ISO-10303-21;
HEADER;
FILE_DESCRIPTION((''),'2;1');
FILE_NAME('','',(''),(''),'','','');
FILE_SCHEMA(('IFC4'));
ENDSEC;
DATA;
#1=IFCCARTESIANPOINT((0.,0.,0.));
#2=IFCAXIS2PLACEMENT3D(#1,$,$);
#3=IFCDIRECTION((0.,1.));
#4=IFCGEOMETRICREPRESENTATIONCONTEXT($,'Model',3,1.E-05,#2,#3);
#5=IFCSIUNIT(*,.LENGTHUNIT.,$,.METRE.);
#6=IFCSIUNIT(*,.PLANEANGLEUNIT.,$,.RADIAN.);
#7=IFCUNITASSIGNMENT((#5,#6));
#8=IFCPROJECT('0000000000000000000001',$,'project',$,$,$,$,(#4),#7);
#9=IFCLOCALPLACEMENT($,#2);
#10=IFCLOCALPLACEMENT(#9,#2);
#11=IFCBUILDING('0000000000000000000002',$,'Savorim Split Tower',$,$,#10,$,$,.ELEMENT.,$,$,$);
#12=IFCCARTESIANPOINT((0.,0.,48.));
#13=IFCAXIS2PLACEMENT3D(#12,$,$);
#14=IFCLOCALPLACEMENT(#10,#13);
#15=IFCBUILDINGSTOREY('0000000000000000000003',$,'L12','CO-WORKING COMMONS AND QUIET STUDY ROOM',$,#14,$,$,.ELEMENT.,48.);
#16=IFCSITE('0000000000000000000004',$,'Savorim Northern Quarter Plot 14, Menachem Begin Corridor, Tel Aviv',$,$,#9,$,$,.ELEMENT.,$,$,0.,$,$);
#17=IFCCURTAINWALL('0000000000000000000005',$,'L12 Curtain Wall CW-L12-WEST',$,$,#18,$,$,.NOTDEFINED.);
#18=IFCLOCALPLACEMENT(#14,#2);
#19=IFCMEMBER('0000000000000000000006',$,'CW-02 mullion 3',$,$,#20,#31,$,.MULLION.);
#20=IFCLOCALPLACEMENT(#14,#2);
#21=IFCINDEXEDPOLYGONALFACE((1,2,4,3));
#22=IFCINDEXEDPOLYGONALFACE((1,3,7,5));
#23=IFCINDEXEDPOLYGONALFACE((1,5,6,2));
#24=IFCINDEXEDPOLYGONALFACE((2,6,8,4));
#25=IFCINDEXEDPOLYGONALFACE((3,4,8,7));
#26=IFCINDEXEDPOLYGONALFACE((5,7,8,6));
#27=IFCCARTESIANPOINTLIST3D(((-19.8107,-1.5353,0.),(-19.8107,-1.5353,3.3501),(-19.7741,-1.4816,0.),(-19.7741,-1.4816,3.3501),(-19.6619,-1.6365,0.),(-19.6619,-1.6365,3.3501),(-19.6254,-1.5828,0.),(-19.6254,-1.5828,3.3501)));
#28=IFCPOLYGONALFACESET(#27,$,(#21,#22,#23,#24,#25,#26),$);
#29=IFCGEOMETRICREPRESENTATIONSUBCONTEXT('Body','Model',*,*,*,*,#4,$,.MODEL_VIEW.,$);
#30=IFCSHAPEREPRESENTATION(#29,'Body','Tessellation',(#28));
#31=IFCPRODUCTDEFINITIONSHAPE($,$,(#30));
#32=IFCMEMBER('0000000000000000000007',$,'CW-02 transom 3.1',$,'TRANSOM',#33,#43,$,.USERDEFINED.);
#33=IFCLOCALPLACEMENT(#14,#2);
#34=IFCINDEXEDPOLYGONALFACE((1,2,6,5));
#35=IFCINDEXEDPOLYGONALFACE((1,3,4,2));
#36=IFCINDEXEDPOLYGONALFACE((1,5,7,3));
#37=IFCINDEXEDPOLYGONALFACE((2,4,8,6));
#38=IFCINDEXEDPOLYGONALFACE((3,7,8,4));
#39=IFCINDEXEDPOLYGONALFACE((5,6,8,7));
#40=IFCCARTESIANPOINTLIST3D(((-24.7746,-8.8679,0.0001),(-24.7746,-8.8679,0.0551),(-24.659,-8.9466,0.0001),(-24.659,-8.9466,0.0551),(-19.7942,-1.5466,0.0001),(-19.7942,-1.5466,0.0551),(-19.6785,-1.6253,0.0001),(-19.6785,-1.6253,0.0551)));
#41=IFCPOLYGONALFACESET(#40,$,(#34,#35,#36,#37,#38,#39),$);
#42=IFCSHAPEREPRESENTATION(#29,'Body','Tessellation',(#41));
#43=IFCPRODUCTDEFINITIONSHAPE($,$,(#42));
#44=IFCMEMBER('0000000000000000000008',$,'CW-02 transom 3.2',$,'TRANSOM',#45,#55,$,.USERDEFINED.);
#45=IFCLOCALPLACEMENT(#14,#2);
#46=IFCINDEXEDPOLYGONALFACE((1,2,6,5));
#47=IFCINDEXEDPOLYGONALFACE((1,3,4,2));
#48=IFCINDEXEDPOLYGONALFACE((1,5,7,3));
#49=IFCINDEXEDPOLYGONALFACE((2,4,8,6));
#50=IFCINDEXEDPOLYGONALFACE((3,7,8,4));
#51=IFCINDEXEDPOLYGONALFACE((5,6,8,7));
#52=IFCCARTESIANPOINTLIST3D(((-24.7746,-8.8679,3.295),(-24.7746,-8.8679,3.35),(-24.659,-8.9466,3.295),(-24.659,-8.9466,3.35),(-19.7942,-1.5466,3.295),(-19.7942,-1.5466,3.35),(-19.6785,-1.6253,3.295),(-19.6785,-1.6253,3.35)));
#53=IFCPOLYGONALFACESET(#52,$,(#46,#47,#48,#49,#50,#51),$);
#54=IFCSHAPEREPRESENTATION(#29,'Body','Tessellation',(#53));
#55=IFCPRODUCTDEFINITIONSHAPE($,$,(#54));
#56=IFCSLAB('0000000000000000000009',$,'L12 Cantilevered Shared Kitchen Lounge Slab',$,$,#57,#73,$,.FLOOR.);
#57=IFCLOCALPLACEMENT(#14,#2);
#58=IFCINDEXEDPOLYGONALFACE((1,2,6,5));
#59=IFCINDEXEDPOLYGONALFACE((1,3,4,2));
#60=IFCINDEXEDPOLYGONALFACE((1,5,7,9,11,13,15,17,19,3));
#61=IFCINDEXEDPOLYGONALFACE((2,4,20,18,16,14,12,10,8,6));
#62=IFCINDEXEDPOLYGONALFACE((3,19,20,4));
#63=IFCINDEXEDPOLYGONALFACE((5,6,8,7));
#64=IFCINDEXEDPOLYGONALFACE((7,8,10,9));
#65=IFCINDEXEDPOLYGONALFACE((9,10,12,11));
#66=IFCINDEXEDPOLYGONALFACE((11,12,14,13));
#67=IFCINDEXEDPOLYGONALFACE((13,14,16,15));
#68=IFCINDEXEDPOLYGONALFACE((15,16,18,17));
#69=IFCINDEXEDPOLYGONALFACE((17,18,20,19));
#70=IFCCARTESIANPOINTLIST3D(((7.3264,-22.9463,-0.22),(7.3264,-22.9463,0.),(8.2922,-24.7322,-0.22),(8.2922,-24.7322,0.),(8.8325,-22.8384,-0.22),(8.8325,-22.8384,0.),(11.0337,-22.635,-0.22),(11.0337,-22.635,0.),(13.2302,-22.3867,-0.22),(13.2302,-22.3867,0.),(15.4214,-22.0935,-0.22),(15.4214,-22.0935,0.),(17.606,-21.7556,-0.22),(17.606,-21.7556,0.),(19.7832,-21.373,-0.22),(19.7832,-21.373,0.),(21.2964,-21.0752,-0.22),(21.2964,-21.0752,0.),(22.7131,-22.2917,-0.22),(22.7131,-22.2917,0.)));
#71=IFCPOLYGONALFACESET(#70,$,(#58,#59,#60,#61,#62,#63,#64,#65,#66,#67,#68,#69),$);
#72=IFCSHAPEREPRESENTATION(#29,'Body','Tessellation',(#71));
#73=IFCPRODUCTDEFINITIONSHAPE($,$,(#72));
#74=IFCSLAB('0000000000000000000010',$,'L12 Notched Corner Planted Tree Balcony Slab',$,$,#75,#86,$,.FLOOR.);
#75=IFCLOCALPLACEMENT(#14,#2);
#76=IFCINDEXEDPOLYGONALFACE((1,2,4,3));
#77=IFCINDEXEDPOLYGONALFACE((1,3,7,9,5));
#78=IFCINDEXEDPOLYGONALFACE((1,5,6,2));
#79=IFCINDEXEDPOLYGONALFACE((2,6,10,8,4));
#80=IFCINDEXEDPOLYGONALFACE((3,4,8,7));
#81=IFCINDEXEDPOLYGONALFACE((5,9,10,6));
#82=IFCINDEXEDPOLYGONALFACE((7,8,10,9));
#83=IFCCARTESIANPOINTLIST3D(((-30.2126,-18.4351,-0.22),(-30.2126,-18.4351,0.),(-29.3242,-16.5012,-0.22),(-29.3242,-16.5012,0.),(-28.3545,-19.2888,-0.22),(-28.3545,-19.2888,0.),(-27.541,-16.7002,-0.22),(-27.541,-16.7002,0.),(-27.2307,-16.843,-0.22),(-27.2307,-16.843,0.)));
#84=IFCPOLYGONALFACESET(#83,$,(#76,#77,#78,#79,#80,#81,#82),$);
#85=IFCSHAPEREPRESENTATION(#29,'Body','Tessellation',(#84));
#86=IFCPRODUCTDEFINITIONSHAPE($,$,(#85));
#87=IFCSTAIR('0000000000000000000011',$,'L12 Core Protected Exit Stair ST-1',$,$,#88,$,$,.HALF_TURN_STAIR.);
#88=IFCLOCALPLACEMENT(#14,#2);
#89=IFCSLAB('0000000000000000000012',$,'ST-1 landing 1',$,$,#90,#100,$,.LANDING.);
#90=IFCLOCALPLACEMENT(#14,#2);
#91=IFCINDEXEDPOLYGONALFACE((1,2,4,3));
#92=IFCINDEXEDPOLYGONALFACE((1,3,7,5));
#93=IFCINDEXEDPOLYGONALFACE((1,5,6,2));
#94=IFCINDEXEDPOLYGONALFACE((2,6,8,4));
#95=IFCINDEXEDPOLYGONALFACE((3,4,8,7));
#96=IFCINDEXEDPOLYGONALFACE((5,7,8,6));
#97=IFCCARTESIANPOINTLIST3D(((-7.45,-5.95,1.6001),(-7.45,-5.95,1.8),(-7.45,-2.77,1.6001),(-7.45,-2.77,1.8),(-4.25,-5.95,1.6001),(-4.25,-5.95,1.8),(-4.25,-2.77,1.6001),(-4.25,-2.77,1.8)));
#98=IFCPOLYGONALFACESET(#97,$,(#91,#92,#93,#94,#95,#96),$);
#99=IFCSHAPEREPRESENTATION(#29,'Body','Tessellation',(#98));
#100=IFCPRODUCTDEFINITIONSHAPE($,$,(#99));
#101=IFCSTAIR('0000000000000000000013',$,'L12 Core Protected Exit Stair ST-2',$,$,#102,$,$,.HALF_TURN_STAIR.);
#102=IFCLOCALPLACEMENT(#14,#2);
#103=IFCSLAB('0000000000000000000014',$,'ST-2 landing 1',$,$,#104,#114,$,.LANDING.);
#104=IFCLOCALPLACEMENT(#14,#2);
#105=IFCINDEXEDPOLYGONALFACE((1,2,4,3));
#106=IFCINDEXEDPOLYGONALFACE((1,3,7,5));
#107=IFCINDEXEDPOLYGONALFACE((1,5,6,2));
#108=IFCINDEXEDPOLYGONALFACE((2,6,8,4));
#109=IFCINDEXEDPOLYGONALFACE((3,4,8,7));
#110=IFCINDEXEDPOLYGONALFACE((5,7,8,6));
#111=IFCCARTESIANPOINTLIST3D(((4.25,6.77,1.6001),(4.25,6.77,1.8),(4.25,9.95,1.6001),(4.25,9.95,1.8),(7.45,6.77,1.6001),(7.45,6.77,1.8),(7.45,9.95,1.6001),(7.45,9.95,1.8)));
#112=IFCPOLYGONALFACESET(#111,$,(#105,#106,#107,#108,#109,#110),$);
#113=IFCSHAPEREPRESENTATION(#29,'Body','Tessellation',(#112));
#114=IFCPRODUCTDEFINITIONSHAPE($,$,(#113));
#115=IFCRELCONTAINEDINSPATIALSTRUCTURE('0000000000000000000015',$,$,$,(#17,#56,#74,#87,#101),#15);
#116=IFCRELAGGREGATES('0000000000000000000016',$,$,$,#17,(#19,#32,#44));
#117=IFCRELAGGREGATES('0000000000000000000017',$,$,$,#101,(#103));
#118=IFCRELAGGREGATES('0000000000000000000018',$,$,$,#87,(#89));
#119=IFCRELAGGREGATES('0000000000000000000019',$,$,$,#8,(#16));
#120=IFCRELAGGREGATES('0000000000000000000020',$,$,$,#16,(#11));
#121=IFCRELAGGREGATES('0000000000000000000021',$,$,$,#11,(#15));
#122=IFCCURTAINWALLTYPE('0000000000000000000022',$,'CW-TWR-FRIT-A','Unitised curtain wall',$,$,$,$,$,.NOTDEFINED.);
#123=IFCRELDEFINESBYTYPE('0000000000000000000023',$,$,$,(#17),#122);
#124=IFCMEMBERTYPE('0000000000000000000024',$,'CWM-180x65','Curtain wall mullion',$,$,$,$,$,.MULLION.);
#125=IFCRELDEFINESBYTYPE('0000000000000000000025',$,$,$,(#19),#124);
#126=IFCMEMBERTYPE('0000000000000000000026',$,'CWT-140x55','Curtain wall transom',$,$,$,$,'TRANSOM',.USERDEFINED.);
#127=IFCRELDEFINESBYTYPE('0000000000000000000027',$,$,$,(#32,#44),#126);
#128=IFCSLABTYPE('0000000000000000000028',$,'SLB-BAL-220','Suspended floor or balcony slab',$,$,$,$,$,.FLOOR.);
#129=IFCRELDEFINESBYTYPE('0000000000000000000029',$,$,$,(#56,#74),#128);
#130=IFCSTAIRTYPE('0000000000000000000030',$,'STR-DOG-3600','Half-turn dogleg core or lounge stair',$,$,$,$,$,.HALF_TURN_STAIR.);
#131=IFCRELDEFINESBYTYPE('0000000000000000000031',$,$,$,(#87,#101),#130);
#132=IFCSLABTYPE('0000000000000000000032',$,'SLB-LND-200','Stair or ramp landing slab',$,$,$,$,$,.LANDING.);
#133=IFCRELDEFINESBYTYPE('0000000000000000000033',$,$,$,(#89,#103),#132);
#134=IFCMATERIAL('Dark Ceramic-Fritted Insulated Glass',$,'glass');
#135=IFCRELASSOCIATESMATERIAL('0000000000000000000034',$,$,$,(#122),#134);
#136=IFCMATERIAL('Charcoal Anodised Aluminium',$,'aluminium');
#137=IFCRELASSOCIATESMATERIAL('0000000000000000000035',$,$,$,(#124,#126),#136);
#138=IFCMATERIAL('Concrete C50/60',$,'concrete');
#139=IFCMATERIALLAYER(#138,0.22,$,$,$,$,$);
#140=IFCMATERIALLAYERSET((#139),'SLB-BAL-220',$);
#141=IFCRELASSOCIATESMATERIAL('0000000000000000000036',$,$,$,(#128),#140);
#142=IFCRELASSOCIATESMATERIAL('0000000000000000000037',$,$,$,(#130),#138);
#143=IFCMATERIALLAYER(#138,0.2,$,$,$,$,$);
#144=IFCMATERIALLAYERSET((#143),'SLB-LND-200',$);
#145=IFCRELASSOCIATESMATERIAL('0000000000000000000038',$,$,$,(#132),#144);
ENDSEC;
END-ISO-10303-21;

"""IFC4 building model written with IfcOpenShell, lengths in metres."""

from ifc_helpers import new_model, si_unit, direction, frame, origin, origin_2d, place, context, subcontext, project, spatial, polyline, rectangle, outline, extrude, material, layer, layer_set, material_profile, profile_set, type_object, element, aggregate, save


model = new_model("IFC4")

# Units and contexts
model_context = context("Model", 3, precision=1e-05, world=origin(), true_north=direction((0.0, 1.0)))
body_context = subcontext(model_context, "Body", "Model", "MODEL_VIEW")
ifc_project = project(units=[si_unit("LENGTHUNIT", "METRE"), si_unit("PLANEANGLEUNIT", "RADIAN")], contexts=[model_context])

# Site, building, storey
site_placement = place(None, origin())
site = spatial("IfcSite", under=ifc_project, at=site_placement, Name="Savorim Northern Quarter Plot 14, Menachem Begin Corridor, Tel Aviv", CompositionType="ELEMENT", RefElevation=0.0)
building_placement = place(site_placement, origin())
building = spatial("IfcBuilding", under=site, at=building_placement, Name="Savorim Split Tower", CompositionType="ELEMENT")
storey_placement = place(building_placement, frame((0.0, 0.0, 48.0)))
storey = spatial("IfcBuildingStorey", under=building, at=storey_placement, Name="L12", Description="CO-WORKING COMMONS AND QUIET STUDY ROOM", CompositionType="ELEMENT", Elevation=48.0)

# Curtain wall, members
ifc_material_1 = material(Name="Dark Ceramic-Fritted Insulated Glass", Category="glass")
curtain_wall_type = type_object("IfcCurtainWallType", Name="CW-TWR-FRIT-A", Description="Unitised curtain wall", PredefinedType="NOTDEFINED", material=ifc_material_1)
curtain_wall_placement = place(storey_placement, origin())
curtain_wall = element("IfcCurtainWall", 1, at=curtain_wall_placement, inside=storey, type_object=curtain_wall_type, Name="L12 Curtain Wall CW-L12-WEST", PredefinedType="NOTDEFINED")
ifc_material_2 = material(Name="Charcoal Anodised Aluminium", Category="aluminium")
ifc_material_profile_1 = material_profile(ifc_material_2, rectangle(XDim=0.1799, YDim=0.0649, at=origin_2d()), Name="ALU-M 180x65")
ifc_profile_set_1 = profile_set([ifc_material_profile_1], Name="Charcoal Anodised Aluminium")
member_type_1 = type_object("IfcMemberType", Name="CWM-180x65", Description="Curtain wall mullion", PredefinedType="MULLION", material=ifc_profile_set_1)
member_1_placement = place(storey_placement, frame((-19.718, -1.5591, 0.0), z_axis=(0.0, 0.0, 1.0), x_axis=(0.826821, -0.562465, 0.0)))
member_1 = element("IfcMember", 2, at=member_1_placement, type_object=member_type_1, Name="CW-02 mullion 3", PredefinedType="MULLION", context=body_context, shape_type="SweptSolid", body=[
    extrude(rectangle(XDim=0.1799, YDim=0.0649, at=origin_2d()), origin(), (0.0, 0.0, 1.0), 3.3501),
])
ifc_material_profile_2 = material_profile(ifc_material_2, rectangle(XDim=0.1399, YDim=0.0549, at=origin_2d()), Name="ALU-T 140x55")
ifc_profile_set_2 = profile_set([ifc_material_profile_2], Name="Charcoal Anodised Aluminium")
member_type_2 = type_object("IfcMemberType", Name="CWT-140x55", Description="Curtain wall transom", ElementType="TRANSOM", PredefinedType="USERDEFINED", material=ifc_profile_set_2)
member_2_placement = place(storey_placement, frame((-19.7363, -1.5859, 0.0276), z_axis=(-0.562464, -0.826822, 0.0), x_axis=(0.826822, -0.562464, 0.0)))
member_2 = element("IfcMember", 3, at=member_2_placement, type_object=member_type_2, Name="CW-02 transom 3.1", ObjectType="TRANSOM", PredefinedType="USERDEFINED", context=body_context, shape_type="SweptSolid", body=[
    extrude(rectangle(XDim=0.1399, YDim=0.0549, at=origin_2d()), origin(), (0.0, 0.0, 1.0), 8.8547),
])
member_3_placement = place(storey_placement, frame((-19.7363, -1.5859, 3.3225), z_axis=(-0.562464, -0.826822, 0.0), x_axis=(0.826822, -0.562464, 0.0)))
member_3 = element("IfcMember", 4, at=member_3_placement, type_object=member_type_2, Name="CW-02 transom 3.2", ObjectType="TRANSOM", PredefinedType="USERDEFINED", context=body_context, shape_type="SweptSolid", body=[
    extrude(rectangle(XDim=0.1399, YDim=0.0549, at=origin_2d()), origin(), (0.0, 0.0, 1.0), 8.8547),
])
aggregate(curtain_wall, [member_1, member_2, member_3])

# Slabs
ifc_material_3 = material(Name="Concrete C50/60", Category="concrete")
ifc_layer_1 = layer(ifc_material_3, 0.22)
ifc_layer_set_1 = layer_set([ifc_layer_1], Name="SLB-BAL-220")
slab_type_1 = type_object("IfcSlabType", Name="SLB-BAL-220", Description="Suspended floor or balcony slab", PredefinedType="FLOOR", material=ifc_layer_set_1)
slab_1_placement = place(storey_placement, frame((0.0, 0.0, -0.22)))
element("IfcSlab", 5, at=slab_1_placement, inside=storey, type_object=slab_type_1, Name="L12 Cantilevered Shared Kitchen Lounge Slab", PredefinedType="FLOOR", context=body_context, shape_type="SweptSolid", body=[
    extrude(outline(polyline([(21.2964, -21.0752), (19.7832, -21.373), (17.606, -21.7556), (15.4214, -22.0935), (13.2302, -22.3867), (11.0337, -22.635), (8.8325, -22.8384), (7.3264, -22.9463), (8.2922, -24.7322), (22.7131, -22.2917), (21.2964, -21.0752)])), origin(), (0.0, 0.0, 1.0), 0.22),
])
slab_2_placement = place(storey_placement, frame((0.0, 0.0, -0.22)))
element("IfcSlab", 6, at=slab_2_placement, inside=storey, type_object=slab_type_1, Name="L12 Notched Corner Planted Tree Balcony Slab", PredefinedType="FLOOR", context=body_context, shape_type="SweptSolid", body=[
    extrude(outline(polyline([(-28.3545, -19.2888), (-27.2307, -16.843), (-27.541, -16.7002), (-29.3242, -16.5012), (-30.2126, -18.4351), (-28.3545, -19.2888)])), origin(), (0.0, 0.0, 1.0), 0.22),
])

# Stairs, slabs
stair_type = type_object("IfcStairType", Name="STR-DOG-3600", Description="Half-turn dogleg core or lounge stair", PredefinedType="HALF_TURN_STAIR", material=ifc_material_3)
stair_1_placement = place(storey_placement, origin())
stair_1 = element("IfcStair", 7, at=stair_1_placement, inside=storey, type_object=stair_type, Name="L12 Core Protected Exit Stair ST-1", PredefinedType="HALF_TURN_STAIR")
ifc_layer_2 = layer(ifc_material_3, 0.2)
ifc_layer_set_2 = layer_set([ifc_layer_2], Name="SLB-LND-200")
slab_type_2 = type_object("IfcSlabType", Name="SLB-LND-200", Description="Stair or ramp landing slab", PredefinedType="LANDING", material=ifc_layer_set_2)
slab_3_placement = place(storey_placement, frame((0.0, 0.0, 1.6001)))
slab_3 = element("IfcSlab", 8, at=slab_3_placement, type_object=slab_type_2, Name="ST-1 landing 1", PredefinedType="LANDING", context=body_context, shape_type="SweptSolid", body=[
    extrude(outline(polyline([(-7.45, -2.77), (-7.45, -5.95), (-4.25, -5.95), (-4.25, -2.77), (-7.45, -2.77)])), origin(), (0.0, 0.0, 1.0), 0.2),
])
stair_2_placement = place(storey_placement, origin())
stair_2 = element("IfcStair", 9, at=stair_2_placement, inside=storey, type_object=stair_type, Name="L12 Core Protected Exit Stair ST-2", PredefinedType="HALF_TURN_STAIR")
slab_4_placement = place(storey_placement, frame((0.0, 0.0, 1.6001)))
slab_4 = element("IfcSlab", 10, at=slab_4_placement, type_object=slab_type_2, Name="ST-2 landing 1", PredefinedType="LANDING", context=body_context, shape_type="SweptSolid", body=[
    extrude(outline(polyline([(7.45, 6.77), (7.45, 9.95), (4.25, 9.95), (4.25, 6.77), (7.45, 6.77)])), origin(), (0.0, 0.0, 1.0), 0.2),
])
aggregate(stair_2, [slab_4])

aggregate(stair_1, [slab_3])

save(model, "model.ifc")
